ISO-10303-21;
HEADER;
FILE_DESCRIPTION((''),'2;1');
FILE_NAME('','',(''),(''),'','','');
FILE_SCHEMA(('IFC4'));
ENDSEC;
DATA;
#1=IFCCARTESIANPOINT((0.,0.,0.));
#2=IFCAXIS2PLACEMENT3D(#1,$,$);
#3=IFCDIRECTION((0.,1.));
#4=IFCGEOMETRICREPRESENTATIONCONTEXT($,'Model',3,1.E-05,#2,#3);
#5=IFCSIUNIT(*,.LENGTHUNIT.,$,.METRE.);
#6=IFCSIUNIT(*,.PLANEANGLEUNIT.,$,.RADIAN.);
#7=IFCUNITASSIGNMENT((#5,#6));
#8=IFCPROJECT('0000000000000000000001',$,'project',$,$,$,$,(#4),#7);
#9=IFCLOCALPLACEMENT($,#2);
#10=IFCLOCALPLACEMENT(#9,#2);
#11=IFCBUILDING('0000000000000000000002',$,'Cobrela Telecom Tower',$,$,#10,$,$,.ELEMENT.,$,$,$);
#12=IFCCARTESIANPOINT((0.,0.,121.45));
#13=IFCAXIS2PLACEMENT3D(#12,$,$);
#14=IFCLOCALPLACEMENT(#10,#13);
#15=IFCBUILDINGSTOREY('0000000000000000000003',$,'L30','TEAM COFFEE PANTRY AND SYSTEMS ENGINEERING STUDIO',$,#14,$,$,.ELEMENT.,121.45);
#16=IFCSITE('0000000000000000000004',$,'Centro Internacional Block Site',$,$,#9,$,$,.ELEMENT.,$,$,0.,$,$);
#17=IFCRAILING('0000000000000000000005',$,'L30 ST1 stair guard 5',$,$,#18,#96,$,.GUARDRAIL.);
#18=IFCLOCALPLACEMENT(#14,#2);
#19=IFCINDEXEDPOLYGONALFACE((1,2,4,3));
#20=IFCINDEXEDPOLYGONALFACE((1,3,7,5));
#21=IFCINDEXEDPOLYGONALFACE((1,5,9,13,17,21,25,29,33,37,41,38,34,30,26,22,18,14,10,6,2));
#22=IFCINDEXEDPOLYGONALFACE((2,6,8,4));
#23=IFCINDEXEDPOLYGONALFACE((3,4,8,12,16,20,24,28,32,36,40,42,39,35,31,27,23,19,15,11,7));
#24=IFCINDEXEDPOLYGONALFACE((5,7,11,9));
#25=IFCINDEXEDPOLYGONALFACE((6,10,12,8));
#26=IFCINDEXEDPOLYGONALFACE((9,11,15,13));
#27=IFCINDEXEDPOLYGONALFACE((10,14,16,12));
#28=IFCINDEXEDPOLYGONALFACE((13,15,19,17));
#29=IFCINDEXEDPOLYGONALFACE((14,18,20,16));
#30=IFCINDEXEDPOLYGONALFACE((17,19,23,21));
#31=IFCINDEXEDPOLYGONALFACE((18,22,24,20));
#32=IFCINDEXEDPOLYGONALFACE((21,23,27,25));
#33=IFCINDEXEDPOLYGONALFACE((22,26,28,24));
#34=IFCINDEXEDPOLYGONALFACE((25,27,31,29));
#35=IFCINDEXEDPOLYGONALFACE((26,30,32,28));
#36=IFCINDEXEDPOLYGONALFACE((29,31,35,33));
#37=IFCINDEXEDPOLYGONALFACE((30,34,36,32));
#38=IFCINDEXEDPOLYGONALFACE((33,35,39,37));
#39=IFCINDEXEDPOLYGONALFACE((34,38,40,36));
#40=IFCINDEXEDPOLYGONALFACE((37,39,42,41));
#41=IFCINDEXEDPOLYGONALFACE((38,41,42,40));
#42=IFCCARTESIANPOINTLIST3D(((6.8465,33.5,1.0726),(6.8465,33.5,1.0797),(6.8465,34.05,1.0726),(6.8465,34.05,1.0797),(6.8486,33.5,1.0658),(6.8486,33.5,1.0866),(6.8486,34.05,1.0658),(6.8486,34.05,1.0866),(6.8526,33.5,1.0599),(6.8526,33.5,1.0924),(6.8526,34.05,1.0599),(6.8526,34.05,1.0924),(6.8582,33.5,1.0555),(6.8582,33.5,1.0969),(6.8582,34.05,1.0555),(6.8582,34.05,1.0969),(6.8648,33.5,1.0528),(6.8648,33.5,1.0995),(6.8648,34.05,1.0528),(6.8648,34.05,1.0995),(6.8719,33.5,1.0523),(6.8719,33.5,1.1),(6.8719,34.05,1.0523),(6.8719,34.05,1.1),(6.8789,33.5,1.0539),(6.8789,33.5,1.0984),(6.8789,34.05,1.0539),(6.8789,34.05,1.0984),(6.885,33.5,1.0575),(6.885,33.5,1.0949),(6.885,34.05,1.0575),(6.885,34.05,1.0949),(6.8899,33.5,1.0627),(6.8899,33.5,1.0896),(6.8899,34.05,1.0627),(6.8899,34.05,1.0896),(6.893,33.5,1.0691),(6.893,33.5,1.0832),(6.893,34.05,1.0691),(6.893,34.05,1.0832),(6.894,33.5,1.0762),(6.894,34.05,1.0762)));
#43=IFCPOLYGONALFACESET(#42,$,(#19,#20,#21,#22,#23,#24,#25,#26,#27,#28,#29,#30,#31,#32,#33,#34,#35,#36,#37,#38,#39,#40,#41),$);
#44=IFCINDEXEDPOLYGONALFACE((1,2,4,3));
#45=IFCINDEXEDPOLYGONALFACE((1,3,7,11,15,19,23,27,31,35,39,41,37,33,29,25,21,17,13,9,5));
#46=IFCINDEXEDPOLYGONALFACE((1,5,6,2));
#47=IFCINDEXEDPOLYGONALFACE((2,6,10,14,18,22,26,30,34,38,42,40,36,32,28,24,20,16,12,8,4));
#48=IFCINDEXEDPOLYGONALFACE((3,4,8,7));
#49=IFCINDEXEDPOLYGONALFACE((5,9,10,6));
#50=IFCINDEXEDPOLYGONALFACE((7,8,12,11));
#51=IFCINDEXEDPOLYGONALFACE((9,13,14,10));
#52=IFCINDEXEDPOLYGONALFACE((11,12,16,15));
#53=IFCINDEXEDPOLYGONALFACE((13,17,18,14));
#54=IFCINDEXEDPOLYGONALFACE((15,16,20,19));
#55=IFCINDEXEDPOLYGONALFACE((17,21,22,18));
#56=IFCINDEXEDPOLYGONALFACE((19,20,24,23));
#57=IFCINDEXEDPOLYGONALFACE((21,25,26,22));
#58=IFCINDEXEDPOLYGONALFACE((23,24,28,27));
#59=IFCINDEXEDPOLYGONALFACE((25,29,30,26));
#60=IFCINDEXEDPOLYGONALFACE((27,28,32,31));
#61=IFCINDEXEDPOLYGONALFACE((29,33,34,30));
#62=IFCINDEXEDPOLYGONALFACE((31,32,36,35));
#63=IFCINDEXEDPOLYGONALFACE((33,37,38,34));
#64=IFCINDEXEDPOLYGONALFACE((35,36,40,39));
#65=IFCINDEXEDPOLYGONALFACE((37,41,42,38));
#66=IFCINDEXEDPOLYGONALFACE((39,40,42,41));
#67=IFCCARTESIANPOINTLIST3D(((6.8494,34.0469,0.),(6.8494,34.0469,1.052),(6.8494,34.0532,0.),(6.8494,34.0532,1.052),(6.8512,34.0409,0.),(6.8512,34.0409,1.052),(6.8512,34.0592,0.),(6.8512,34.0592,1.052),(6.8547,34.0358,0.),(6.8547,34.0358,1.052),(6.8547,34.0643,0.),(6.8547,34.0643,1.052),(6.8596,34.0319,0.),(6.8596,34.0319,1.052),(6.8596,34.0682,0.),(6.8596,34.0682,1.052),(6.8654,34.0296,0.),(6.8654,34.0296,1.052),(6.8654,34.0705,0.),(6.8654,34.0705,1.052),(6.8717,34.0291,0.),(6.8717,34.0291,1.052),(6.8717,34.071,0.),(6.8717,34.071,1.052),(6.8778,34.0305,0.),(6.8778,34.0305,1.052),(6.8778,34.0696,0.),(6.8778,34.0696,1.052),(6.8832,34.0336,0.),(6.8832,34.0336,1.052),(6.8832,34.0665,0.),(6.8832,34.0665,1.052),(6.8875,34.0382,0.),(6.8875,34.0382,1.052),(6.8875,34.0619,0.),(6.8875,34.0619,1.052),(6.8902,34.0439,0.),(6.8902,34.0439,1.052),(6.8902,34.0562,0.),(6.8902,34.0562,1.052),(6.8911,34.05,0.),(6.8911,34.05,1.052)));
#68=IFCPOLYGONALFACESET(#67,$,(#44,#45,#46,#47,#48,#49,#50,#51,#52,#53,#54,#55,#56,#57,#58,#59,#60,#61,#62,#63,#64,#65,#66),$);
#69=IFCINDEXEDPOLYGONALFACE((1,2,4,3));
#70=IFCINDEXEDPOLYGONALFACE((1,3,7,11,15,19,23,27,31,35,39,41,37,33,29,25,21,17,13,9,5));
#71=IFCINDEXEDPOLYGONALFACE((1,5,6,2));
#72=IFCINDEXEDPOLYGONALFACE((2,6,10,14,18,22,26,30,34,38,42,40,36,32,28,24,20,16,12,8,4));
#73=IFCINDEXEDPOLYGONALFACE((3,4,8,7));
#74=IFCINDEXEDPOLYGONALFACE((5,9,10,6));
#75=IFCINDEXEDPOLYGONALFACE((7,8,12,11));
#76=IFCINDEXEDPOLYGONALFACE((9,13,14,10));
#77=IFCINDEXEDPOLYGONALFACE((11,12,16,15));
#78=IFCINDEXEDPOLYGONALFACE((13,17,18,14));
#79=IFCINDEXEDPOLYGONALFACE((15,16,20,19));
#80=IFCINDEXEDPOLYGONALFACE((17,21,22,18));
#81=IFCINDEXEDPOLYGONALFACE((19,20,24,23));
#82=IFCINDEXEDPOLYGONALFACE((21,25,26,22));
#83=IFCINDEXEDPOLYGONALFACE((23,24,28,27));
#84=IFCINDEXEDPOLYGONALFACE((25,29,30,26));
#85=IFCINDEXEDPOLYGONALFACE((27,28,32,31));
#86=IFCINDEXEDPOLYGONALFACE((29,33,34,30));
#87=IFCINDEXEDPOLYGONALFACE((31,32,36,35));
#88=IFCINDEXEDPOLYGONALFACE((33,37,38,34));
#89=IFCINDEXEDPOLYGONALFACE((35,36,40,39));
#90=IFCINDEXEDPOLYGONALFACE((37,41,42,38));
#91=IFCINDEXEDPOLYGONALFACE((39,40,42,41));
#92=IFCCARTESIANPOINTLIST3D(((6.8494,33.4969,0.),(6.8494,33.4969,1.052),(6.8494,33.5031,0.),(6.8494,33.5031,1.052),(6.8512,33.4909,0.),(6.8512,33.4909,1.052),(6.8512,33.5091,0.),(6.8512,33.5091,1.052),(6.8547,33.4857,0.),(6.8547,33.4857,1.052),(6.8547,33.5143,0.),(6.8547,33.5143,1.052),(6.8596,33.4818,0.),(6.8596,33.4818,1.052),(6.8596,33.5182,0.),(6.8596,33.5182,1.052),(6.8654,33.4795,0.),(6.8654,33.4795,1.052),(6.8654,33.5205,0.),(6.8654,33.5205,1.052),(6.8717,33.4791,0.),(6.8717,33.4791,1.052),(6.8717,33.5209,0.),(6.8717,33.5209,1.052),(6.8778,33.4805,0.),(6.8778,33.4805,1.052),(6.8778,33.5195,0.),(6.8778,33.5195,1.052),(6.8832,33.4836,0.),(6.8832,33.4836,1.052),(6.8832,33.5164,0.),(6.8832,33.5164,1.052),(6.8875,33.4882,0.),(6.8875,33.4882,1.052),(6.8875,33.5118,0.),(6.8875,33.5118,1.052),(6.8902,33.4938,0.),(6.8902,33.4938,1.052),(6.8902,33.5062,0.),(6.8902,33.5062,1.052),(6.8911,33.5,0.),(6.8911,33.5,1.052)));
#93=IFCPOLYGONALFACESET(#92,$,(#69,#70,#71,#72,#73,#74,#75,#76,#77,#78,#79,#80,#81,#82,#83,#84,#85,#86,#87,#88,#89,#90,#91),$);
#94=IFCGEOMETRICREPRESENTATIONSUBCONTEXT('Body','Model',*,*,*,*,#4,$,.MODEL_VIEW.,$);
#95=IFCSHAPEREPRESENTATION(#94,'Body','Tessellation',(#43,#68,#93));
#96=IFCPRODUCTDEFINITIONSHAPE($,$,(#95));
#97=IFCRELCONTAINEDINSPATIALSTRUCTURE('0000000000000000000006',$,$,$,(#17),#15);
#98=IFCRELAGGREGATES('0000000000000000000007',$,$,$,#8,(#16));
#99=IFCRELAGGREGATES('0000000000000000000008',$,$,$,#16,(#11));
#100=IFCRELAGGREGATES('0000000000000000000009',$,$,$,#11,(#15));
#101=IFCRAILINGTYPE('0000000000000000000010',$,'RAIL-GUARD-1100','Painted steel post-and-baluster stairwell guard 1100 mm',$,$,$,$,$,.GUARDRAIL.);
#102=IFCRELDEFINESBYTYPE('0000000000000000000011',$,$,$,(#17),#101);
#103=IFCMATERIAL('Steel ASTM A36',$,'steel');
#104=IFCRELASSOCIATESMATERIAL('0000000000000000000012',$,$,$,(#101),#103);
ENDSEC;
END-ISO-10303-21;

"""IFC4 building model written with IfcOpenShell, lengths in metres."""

from ifc_helpers import new_model, si_unit, direction, frame, origin, origin_2d, place, context, subcontext, project, spatial, circle, extrude, material, type_object, element, save


model = new_model("IFC4")

# Units and contexts
model_context = context("Model", 3, precision=1e-05, world=origin(), true_north=direction((0.0, 1.0)))
body_context = subcontext(model_context, "Body", "Model", "MODEL_VIEW")
ifc_project = project(units=[si_unit("LENGTHUNIT", "METRE"), si_unit("PLANEANGLEUNIT", "RADIAN")], contexts=[model_context])

# Site, building, storey
site_placement = place(None, origin())
site = spatial("IfcSite", under=ifc_project, at=site_placement, Name="Centro Internacional Block Site", CompositionType="ELEMENT", RefElevation=0.0)
building_placement = place(site_placement, origin())
building = spatial("IfcBuilding", under=site, at=building_placement, Name="Cobrela Telecom Tower", CompositionType="ELEMENT")
storey_placement = place(building_placement, frame((0.0, 0.0, 121.45)))
storey = spatial("IfcBuildingStorey", under=building, at=storey_placement, Name="L30", Description="TEAM COFFEE PANTRY AND SYSTEMS ENGINEERING STUDIO", CompositionType="ELEMENT", Elevation=121.45)

# Shared definitions
ifc_material_1 = material(Name="Steel ASTM A36", Category="steel")

# Railing
railing_type_1 = type_object("IfcRailingType", Name="RAIL-GUARD-1100", Description="Painted steel post-and-baluster stairwell guard 1100 mm", PredefinedType="GUARDRAIL", material=ifc_material_1)
railing_1_placement = place(storey_placement, frame((6.8701, 34.05, 0.0)))
element("IfcRailing", 1, at=railing_1_placement, inside=storey, type_object=railing_type_1, Name="L30 ST1 stair guard 5", PredefinedType="GUARDRAIL", context=body_context, shape_type="SweptSolid", body=[
    extrude(circle(Radius=0.0239, at=origin_2d()), frame((0.0, 0.0, 1.0762), z_axis=(0.0, -1.0, 0.0), x_axis=(1.0, 0.0, 0.0)), (0.0, 0.0, 1.0), 0.55),
    extrude(circle(Radius=0.021, at=origin_2d()), origin(), (0.0, 0.0, 1.0), 1.052),
    extrude(circle(Radius=0.021, at=origin_2d()), frame((0.0, -0.55, 0.0)), (0.0, 0.0, 1.0), 1.052),
])

save(model, "model.ifc")
